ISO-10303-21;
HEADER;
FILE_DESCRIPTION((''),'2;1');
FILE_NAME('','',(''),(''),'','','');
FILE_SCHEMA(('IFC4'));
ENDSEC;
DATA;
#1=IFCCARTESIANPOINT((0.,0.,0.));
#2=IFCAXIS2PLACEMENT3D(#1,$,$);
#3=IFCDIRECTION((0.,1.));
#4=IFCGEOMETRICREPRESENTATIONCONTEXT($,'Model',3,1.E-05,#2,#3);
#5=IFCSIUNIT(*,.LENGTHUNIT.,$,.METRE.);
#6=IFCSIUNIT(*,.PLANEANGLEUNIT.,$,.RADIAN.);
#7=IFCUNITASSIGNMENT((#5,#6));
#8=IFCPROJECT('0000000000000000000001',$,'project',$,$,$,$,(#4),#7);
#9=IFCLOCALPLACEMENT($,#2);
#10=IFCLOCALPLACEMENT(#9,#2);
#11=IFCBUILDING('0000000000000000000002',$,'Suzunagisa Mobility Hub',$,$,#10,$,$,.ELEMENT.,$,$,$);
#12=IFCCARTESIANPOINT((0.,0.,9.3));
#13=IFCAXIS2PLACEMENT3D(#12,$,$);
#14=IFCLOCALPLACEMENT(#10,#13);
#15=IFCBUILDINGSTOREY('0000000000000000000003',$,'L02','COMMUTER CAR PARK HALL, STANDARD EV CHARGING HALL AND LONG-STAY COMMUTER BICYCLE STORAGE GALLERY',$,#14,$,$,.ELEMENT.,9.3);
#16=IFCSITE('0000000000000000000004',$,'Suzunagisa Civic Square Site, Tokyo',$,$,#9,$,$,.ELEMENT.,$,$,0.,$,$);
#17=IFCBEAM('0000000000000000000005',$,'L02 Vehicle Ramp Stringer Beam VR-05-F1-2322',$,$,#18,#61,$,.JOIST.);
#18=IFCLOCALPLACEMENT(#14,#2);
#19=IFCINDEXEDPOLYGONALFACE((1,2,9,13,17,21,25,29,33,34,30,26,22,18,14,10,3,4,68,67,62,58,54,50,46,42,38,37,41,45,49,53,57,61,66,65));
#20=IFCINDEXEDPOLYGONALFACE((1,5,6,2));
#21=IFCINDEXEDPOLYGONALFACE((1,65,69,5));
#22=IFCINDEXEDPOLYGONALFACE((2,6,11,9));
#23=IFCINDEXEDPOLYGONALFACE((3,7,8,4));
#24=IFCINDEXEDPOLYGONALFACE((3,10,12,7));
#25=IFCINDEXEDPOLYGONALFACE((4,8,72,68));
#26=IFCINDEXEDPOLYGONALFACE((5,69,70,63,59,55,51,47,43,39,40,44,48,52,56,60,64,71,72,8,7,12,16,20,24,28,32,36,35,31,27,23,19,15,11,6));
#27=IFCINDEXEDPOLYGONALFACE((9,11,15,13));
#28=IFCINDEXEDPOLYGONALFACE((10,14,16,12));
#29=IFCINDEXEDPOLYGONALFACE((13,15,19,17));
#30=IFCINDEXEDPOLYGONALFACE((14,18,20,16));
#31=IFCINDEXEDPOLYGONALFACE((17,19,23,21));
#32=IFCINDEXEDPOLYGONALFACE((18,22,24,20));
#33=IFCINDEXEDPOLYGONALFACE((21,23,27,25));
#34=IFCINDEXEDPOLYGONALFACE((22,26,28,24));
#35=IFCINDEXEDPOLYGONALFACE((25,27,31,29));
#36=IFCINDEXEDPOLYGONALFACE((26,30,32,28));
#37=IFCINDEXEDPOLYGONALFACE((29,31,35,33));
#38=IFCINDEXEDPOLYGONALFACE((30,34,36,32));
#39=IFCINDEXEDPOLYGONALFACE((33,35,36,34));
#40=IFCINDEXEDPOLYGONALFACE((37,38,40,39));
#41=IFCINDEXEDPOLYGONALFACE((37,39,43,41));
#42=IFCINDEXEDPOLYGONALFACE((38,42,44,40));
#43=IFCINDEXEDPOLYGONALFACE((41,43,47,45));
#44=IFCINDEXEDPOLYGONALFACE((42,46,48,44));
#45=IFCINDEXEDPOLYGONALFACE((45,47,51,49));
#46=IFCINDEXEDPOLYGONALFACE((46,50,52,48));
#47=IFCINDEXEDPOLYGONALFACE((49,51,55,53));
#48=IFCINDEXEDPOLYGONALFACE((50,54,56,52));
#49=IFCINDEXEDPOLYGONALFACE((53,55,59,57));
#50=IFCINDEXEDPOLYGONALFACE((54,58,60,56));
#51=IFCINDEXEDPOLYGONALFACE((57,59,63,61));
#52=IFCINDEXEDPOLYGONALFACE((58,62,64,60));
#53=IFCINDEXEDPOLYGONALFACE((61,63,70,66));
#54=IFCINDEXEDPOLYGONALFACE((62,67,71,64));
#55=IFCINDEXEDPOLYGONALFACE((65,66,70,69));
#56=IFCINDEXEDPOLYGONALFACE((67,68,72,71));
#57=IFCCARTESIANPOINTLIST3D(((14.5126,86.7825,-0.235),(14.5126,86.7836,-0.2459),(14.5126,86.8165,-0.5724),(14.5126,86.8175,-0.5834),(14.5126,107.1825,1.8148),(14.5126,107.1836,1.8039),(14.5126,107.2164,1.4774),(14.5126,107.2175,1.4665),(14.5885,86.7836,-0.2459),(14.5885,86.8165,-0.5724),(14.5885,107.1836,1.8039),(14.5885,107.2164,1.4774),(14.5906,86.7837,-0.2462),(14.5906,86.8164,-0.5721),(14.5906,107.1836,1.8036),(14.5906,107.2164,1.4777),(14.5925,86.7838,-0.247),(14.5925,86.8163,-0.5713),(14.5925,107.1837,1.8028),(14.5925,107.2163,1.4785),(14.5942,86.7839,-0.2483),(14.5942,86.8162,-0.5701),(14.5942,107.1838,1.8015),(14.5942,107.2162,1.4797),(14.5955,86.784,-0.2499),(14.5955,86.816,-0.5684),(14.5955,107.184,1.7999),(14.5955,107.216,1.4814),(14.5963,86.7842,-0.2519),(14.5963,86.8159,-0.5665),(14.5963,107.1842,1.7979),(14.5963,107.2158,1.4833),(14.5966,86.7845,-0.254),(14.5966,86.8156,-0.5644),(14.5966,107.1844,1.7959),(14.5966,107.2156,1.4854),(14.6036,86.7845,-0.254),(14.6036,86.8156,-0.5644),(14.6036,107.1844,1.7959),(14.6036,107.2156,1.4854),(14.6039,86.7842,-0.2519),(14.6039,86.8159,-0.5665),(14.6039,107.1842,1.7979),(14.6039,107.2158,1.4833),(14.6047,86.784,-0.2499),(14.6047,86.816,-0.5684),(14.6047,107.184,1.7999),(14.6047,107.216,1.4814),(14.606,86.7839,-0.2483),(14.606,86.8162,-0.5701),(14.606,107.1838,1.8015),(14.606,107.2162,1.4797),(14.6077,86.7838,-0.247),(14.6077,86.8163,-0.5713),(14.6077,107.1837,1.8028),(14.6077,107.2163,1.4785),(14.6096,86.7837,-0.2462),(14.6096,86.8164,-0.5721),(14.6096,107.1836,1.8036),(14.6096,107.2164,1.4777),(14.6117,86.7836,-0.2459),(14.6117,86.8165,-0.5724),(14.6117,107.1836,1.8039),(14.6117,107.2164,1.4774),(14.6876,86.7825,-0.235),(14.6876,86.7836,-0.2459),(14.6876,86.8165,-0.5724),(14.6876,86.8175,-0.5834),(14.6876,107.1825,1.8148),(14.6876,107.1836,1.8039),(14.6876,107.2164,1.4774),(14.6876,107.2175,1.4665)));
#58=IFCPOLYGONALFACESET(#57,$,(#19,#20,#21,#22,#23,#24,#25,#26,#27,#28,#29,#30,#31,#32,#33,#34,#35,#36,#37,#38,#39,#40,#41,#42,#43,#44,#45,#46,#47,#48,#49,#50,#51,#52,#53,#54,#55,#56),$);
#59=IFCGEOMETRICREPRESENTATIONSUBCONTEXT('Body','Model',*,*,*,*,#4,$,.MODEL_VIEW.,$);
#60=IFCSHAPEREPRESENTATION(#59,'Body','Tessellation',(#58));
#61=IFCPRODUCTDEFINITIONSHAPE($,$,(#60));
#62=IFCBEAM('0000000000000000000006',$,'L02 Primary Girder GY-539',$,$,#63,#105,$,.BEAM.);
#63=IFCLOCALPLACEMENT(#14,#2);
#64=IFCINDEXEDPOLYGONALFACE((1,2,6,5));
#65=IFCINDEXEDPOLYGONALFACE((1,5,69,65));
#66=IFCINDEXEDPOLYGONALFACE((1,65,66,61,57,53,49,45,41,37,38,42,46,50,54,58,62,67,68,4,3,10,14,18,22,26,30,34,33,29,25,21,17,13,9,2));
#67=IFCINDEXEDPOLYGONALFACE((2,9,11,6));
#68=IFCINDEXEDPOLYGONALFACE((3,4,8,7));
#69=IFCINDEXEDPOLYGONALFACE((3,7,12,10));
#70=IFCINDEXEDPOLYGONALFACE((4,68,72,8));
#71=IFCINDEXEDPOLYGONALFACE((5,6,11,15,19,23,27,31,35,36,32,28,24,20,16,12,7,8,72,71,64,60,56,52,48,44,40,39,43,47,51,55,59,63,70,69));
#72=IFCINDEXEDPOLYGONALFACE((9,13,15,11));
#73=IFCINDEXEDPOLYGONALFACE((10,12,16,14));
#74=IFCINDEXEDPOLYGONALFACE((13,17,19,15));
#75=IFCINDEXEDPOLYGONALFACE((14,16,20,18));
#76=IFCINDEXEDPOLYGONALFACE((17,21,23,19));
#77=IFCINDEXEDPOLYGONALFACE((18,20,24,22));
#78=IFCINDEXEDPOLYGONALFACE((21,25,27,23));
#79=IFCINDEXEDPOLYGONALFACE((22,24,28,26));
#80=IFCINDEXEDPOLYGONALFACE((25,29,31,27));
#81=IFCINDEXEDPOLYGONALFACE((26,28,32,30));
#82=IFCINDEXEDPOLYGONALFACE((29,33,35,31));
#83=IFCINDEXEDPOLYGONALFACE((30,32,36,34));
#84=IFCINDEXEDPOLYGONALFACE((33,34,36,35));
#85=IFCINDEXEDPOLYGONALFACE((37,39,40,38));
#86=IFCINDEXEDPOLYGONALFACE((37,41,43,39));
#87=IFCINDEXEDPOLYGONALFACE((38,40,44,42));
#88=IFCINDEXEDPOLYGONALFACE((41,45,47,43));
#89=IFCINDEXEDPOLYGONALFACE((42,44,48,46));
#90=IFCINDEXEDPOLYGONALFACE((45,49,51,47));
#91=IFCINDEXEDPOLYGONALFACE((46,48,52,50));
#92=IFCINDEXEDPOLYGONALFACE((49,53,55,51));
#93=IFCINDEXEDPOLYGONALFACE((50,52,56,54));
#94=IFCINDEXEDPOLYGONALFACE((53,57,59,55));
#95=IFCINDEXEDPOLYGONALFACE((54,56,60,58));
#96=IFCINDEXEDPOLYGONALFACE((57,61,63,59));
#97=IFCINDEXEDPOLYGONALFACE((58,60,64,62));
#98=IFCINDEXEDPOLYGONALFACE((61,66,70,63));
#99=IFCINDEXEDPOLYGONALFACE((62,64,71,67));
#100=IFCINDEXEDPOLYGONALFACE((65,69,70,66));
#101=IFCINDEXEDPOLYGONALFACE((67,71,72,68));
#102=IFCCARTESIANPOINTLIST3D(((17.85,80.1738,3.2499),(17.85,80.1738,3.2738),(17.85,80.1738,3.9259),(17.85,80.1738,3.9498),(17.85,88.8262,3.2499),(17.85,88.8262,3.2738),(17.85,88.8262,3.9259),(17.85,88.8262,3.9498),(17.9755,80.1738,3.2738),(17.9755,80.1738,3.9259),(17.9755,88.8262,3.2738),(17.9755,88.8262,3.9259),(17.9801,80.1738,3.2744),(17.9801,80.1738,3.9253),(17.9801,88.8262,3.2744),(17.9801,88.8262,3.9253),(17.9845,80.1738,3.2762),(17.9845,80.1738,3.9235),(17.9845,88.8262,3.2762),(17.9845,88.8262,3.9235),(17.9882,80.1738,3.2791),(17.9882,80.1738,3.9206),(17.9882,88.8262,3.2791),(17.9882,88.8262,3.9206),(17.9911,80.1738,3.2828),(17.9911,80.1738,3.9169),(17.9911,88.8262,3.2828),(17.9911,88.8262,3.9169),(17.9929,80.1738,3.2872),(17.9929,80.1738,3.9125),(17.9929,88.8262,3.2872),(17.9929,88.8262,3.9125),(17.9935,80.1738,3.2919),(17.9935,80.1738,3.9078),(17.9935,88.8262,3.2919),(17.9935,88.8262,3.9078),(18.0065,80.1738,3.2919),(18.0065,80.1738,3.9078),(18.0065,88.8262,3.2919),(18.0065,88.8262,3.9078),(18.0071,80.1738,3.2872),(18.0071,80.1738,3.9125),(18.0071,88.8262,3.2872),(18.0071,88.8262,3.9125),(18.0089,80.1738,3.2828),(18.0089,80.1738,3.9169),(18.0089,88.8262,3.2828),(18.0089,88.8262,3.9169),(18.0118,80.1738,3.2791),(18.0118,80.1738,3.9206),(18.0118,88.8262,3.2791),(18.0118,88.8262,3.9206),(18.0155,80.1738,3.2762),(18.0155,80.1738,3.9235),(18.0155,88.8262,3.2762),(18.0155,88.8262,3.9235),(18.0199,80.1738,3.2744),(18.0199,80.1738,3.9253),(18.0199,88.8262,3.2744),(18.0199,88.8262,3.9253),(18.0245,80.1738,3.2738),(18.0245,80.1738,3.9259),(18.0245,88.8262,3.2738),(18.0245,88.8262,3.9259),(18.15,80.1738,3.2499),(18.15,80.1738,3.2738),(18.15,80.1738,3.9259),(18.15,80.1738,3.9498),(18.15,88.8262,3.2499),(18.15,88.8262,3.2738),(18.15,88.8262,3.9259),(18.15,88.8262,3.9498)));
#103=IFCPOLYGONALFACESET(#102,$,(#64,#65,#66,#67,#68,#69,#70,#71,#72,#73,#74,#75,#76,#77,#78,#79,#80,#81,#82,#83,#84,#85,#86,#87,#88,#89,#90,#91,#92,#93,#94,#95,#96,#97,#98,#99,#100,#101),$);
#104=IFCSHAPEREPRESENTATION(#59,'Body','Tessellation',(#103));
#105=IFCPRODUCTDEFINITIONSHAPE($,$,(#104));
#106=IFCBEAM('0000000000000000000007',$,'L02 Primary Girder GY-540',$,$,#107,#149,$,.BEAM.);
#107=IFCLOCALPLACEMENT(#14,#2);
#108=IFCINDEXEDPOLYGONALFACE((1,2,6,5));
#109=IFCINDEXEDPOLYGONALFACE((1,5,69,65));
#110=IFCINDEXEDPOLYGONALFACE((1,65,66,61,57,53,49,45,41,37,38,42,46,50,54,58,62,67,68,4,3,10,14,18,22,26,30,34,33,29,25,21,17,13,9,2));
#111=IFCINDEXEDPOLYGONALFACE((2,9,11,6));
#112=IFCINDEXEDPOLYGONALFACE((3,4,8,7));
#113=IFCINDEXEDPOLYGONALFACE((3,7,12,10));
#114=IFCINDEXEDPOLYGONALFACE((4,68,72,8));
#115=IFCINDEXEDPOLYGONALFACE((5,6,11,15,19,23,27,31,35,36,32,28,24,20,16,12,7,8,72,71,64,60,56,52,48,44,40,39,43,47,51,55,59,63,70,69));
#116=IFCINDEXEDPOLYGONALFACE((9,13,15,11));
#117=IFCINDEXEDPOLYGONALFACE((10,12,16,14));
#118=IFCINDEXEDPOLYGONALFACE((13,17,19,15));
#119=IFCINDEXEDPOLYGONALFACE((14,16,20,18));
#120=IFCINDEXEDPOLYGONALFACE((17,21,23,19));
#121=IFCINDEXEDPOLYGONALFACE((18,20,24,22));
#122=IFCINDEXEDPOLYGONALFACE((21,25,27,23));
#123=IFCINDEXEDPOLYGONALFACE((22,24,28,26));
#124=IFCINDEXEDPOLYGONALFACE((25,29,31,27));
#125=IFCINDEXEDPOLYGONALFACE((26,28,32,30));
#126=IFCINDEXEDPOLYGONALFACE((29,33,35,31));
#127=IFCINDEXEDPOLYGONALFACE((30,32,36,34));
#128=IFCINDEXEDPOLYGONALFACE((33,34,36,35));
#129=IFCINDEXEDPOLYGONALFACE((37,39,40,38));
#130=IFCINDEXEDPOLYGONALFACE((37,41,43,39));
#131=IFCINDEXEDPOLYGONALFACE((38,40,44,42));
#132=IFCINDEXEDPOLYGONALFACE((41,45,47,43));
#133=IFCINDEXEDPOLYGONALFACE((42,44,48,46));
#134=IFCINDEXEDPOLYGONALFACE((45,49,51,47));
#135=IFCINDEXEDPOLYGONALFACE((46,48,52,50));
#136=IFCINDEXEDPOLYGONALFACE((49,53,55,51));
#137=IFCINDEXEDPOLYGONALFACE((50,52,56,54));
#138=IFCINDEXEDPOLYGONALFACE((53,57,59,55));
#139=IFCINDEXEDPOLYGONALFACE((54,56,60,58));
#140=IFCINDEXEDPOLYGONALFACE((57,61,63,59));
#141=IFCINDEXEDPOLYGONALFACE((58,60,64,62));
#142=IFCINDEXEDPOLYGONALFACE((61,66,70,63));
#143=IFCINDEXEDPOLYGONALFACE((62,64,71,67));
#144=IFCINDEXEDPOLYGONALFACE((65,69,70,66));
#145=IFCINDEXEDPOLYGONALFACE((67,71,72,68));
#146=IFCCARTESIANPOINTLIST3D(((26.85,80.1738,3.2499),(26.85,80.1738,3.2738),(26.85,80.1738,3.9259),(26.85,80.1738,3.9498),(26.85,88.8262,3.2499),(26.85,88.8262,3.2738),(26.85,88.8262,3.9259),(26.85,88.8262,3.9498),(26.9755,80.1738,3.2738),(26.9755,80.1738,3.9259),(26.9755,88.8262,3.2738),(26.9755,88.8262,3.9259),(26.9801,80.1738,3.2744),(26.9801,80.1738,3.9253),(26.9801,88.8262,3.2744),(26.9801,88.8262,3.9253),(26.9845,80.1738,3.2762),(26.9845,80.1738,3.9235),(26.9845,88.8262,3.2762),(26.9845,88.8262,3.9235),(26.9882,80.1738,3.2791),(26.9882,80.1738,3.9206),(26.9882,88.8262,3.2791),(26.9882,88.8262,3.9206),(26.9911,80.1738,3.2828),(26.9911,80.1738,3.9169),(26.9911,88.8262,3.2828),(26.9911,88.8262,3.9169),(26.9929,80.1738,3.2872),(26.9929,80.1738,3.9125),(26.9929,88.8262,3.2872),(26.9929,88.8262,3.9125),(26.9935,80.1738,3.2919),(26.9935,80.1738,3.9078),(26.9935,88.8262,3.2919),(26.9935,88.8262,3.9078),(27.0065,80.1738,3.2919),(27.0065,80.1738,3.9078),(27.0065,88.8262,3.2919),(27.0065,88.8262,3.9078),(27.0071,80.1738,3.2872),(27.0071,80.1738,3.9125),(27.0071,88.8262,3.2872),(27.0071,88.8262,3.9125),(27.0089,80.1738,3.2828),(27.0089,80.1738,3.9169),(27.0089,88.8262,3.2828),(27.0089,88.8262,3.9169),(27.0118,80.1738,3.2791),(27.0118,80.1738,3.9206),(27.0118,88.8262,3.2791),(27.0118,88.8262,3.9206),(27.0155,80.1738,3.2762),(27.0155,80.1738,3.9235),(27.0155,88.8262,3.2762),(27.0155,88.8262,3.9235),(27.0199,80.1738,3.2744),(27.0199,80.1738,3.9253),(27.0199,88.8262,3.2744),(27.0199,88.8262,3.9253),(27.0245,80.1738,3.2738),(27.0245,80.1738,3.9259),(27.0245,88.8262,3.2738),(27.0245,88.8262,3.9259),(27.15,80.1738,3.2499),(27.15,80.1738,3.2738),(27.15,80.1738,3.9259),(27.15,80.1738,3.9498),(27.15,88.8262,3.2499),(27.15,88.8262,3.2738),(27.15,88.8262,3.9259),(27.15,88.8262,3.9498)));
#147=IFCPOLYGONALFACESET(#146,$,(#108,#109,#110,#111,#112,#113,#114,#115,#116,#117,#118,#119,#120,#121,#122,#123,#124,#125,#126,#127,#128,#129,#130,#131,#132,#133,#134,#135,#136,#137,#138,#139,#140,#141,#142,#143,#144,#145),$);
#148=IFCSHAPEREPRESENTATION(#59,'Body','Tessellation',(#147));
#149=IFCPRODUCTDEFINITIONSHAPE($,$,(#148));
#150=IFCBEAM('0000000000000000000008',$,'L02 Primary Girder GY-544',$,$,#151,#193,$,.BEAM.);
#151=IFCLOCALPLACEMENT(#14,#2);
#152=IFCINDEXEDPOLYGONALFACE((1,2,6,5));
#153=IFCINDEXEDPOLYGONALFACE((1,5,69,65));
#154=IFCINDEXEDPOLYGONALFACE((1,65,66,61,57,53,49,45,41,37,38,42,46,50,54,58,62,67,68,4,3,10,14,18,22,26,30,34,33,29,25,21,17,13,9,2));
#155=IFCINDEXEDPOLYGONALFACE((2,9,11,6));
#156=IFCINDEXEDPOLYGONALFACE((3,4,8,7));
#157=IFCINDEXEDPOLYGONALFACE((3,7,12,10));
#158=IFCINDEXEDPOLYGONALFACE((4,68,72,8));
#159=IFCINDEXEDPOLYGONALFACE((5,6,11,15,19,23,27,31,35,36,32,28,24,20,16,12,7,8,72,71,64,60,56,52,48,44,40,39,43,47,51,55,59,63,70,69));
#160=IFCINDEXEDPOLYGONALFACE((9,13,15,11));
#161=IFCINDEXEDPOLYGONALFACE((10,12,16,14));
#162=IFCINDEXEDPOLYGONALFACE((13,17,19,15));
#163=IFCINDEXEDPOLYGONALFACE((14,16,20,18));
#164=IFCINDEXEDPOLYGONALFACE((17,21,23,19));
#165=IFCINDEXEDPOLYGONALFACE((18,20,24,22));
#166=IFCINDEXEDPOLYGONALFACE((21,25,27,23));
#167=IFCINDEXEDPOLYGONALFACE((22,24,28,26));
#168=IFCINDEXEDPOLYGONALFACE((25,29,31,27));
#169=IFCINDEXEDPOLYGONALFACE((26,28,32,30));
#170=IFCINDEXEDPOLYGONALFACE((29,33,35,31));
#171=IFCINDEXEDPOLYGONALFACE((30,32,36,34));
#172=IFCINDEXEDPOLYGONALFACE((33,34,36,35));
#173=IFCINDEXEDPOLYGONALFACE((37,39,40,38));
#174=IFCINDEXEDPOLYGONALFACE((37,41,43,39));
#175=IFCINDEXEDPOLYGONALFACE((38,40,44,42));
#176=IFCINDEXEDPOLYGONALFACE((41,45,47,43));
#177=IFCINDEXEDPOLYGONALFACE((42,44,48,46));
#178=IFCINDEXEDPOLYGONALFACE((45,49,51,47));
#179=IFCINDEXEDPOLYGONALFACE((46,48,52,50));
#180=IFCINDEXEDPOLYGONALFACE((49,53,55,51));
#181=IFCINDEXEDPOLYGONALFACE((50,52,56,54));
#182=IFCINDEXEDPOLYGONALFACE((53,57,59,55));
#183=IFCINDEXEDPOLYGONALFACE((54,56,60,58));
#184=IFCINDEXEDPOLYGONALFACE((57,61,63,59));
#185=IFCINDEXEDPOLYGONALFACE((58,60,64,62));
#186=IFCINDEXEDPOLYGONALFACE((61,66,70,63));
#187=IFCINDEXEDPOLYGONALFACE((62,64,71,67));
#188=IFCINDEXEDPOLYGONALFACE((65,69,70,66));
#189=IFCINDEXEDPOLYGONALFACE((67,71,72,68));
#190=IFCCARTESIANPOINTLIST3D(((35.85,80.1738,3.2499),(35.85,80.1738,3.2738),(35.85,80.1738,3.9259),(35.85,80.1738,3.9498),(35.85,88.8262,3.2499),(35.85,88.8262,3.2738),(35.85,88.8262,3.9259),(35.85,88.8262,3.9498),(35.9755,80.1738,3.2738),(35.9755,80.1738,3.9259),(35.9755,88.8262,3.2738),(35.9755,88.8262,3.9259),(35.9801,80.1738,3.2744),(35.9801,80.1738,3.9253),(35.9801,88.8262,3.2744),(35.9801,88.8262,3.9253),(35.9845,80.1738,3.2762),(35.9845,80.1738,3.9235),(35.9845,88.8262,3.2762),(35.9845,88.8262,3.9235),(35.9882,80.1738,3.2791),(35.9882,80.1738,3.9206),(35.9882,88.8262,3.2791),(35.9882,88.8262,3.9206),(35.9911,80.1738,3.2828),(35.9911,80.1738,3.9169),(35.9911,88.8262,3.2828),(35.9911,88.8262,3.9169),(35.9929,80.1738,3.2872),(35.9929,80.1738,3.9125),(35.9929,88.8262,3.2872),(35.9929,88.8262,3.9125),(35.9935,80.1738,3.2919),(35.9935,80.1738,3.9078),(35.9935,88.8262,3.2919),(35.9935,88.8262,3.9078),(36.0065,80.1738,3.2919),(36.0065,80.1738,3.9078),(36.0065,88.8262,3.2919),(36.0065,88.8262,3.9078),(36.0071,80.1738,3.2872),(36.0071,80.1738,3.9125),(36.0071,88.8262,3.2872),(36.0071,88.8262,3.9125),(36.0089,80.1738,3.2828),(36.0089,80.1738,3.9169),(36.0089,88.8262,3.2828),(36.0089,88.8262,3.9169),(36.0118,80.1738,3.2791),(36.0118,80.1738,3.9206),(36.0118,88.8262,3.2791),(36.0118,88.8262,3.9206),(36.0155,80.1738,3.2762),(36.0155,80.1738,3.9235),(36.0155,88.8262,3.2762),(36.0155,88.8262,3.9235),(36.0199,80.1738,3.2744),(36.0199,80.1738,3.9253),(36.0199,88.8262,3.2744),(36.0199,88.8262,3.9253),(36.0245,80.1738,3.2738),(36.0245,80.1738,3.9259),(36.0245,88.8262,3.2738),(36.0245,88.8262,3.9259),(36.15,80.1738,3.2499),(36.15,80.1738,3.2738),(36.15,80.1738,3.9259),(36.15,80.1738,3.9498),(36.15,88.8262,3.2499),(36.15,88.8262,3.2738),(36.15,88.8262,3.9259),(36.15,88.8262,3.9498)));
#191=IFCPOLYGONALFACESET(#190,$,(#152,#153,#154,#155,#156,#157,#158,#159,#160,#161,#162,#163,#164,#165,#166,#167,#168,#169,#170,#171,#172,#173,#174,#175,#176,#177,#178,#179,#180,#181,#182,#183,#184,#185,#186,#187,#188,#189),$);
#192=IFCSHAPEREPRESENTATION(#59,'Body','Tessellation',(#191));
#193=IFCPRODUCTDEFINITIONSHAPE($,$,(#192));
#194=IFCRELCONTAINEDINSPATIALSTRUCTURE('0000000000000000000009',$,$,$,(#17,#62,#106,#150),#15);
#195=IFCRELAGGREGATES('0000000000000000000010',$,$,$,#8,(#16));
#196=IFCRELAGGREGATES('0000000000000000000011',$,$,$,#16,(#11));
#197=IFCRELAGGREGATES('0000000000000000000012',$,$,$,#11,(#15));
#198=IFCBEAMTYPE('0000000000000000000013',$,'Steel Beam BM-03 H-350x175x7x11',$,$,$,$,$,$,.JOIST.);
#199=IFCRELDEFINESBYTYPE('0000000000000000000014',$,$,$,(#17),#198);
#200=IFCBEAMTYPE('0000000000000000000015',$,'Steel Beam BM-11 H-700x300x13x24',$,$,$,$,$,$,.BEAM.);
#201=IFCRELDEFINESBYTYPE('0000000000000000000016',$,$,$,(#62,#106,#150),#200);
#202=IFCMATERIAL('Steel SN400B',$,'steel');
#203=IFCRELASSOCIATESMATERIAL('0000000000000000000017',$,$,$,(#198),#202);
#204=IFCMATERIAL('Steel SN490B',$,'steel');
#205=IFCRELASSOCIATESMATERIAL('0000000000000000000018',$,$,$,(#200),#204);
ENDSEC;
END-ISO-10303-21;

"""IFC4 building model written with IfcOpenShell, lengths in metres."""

from ifc_helpers import new_model, si_unit, direction, frame, origin, origin_2d, place, context, subcontext, project, spatial, i_section, extrude, material, material_profile, profile_set, type_object, element, save


model = new_model("IFC4")

# Units and contexts
model_context = context("Model", 3, precision=1e-05, world=origin(), true_north=direction((0.0, 1.0)))
body_context = subcontext(model_context, "Body", "Model", "MODEL_VIEW")
ifc_project = project(units=[si_unit("LENGTHUNIT", "METRE"), si_unit("PLANEANGLEUNIT", "RADIAN")], contexts=[model_context])

# Site, building, storey
site_placement = place(None, origin())
site = spatial("IfcSite", under=ifc_project, at=site_placement, Name="Suzunagisa Civic Square Site, Tokyo", CompositionType="ELEMENT", RefElevation=0.0)
building_placement = place(site_placement, origin())
building = spatial("IfcBuilding", under=site, at=building_placement, Name="Suzunagisa Mobility Hub", CompositionType="ELEMENT")
storey_placement = place(building_placement, frame((0.0, 0.0, 9.3)))
storey = spatial("IfcBuildingStorey", under=building, at=storey_placement, Name="L02", Description="COMMUTER CAR PARK HALL, STANDARD EV CHARGING HALL AND LONG-STAY COMMUTER BICYCLE STORAGE GALLERY", CompositionType="ELEMENT", Elevation=9.3)

# Shared definitions
ifc_material_1 = material(Name="Steel SN490B", Category="steel")

# Beams
ifc_material_2 = material(Name="Steel SN400B", Category="steel")
ifc_material_profile_1 = material_profile(ifc_material_2, i_section(OverallWidth=0.175, OverallDepth=0.3501, WebThickness=0.0071, FlangeThickness=0.011, FilletRadius=0.0081, at=origin_2d()), Name="H-350x175x7x11")
ifc_profile_set_1 = profile_set([ifc_material_profile_1], Name="Steel SN400B")
beam_type_1 = type_object("IfcBeamType", Name="Steel Beam BM-03 H-350x175x7x11", PredefinedType="JOIST", material=ifc_profile_set_1)
beam_placement = place(storey_placement, frame((14.6001, 86.8, -0.4092), z_axis=(0.0, 0.99499, 0.099978), x_axis=(-1.0, 0.0, 0.0)))
element("IfcBeam", 1, at=beam_placement, inside=storey, type_object=beam_type_1, Name="L02 Vehicle Ramp Stringer Beam VR-05-F1-2322", PredefinedType="JOIST", context=body_context, shape_type="SweptSolid", body=[
    extrude(i_section(OverallWidth=0.175, OverallDepth=0.3501, WebThickness=0.0071, FlangeThickness=0.011, FilletRadius=0.0081, at=origin_2d()), origin(), (0.0, 0.0, 1.0), 20.5027),
])
ifc_material_profile_2 = material_profile(ifc_material_1, i_section(OverallWidth=0.3, OverallDepth=0.7, WebThickness=0.0129, FlangeThickness=0.0239, FilletRadius=0.0181, at=origin_2d()), Name="H-700x300x13x24")
ifc_profile_set_2 = profile_set([ifc_material_profile_2], Name="Steel SN490B")
beam_type_2 = type_object("IfcBeamType", Name="Steel Beam BM-11 H-700x300x13x24", PredefinedType="BEAM", material=ifc_profile_set_2)
for number, where, z_axis, x_axis, name in (
    (2, (18.0, 80.1738, 3.5999), (0.0, 1.0, 0.0), (-1.0, 0.0, 0.0), "L02 Primary Girder GY-539"),
    (3, (27.0, 80.1738, 3.5999), (0.0, 1.0, 0.0), (-1.0, 0.0, 0.0), "L02 Primary Girder GY-540"),
    (4, (36.0, 80.1738, 3.5999), (0.0, 1.0, 0.0), (-1.0, 0.0, 0.0), "L02 Primary Girder GY-544"),
):
    element("IfcBeam", number, at=place(storey_placement, frame(where, z_axis=z_axis, x_axis=x_axis)), inside=storey, type_object=beam_type_2, Name=name, PredefinedType="BEAM", context=body_context, shape_type="SweptSolid", body=[
        extrude(i_section(OverallWidth=0.3, OverallDepth=0.7, WebThickness=0.0129, FlangeThickness=0.0239, FilletRadius=0.0181, at=origin_2d()), origin(), (0.0, 0.0, 1.0), 8.6523),
    ])

save(model, "model.ifc")
